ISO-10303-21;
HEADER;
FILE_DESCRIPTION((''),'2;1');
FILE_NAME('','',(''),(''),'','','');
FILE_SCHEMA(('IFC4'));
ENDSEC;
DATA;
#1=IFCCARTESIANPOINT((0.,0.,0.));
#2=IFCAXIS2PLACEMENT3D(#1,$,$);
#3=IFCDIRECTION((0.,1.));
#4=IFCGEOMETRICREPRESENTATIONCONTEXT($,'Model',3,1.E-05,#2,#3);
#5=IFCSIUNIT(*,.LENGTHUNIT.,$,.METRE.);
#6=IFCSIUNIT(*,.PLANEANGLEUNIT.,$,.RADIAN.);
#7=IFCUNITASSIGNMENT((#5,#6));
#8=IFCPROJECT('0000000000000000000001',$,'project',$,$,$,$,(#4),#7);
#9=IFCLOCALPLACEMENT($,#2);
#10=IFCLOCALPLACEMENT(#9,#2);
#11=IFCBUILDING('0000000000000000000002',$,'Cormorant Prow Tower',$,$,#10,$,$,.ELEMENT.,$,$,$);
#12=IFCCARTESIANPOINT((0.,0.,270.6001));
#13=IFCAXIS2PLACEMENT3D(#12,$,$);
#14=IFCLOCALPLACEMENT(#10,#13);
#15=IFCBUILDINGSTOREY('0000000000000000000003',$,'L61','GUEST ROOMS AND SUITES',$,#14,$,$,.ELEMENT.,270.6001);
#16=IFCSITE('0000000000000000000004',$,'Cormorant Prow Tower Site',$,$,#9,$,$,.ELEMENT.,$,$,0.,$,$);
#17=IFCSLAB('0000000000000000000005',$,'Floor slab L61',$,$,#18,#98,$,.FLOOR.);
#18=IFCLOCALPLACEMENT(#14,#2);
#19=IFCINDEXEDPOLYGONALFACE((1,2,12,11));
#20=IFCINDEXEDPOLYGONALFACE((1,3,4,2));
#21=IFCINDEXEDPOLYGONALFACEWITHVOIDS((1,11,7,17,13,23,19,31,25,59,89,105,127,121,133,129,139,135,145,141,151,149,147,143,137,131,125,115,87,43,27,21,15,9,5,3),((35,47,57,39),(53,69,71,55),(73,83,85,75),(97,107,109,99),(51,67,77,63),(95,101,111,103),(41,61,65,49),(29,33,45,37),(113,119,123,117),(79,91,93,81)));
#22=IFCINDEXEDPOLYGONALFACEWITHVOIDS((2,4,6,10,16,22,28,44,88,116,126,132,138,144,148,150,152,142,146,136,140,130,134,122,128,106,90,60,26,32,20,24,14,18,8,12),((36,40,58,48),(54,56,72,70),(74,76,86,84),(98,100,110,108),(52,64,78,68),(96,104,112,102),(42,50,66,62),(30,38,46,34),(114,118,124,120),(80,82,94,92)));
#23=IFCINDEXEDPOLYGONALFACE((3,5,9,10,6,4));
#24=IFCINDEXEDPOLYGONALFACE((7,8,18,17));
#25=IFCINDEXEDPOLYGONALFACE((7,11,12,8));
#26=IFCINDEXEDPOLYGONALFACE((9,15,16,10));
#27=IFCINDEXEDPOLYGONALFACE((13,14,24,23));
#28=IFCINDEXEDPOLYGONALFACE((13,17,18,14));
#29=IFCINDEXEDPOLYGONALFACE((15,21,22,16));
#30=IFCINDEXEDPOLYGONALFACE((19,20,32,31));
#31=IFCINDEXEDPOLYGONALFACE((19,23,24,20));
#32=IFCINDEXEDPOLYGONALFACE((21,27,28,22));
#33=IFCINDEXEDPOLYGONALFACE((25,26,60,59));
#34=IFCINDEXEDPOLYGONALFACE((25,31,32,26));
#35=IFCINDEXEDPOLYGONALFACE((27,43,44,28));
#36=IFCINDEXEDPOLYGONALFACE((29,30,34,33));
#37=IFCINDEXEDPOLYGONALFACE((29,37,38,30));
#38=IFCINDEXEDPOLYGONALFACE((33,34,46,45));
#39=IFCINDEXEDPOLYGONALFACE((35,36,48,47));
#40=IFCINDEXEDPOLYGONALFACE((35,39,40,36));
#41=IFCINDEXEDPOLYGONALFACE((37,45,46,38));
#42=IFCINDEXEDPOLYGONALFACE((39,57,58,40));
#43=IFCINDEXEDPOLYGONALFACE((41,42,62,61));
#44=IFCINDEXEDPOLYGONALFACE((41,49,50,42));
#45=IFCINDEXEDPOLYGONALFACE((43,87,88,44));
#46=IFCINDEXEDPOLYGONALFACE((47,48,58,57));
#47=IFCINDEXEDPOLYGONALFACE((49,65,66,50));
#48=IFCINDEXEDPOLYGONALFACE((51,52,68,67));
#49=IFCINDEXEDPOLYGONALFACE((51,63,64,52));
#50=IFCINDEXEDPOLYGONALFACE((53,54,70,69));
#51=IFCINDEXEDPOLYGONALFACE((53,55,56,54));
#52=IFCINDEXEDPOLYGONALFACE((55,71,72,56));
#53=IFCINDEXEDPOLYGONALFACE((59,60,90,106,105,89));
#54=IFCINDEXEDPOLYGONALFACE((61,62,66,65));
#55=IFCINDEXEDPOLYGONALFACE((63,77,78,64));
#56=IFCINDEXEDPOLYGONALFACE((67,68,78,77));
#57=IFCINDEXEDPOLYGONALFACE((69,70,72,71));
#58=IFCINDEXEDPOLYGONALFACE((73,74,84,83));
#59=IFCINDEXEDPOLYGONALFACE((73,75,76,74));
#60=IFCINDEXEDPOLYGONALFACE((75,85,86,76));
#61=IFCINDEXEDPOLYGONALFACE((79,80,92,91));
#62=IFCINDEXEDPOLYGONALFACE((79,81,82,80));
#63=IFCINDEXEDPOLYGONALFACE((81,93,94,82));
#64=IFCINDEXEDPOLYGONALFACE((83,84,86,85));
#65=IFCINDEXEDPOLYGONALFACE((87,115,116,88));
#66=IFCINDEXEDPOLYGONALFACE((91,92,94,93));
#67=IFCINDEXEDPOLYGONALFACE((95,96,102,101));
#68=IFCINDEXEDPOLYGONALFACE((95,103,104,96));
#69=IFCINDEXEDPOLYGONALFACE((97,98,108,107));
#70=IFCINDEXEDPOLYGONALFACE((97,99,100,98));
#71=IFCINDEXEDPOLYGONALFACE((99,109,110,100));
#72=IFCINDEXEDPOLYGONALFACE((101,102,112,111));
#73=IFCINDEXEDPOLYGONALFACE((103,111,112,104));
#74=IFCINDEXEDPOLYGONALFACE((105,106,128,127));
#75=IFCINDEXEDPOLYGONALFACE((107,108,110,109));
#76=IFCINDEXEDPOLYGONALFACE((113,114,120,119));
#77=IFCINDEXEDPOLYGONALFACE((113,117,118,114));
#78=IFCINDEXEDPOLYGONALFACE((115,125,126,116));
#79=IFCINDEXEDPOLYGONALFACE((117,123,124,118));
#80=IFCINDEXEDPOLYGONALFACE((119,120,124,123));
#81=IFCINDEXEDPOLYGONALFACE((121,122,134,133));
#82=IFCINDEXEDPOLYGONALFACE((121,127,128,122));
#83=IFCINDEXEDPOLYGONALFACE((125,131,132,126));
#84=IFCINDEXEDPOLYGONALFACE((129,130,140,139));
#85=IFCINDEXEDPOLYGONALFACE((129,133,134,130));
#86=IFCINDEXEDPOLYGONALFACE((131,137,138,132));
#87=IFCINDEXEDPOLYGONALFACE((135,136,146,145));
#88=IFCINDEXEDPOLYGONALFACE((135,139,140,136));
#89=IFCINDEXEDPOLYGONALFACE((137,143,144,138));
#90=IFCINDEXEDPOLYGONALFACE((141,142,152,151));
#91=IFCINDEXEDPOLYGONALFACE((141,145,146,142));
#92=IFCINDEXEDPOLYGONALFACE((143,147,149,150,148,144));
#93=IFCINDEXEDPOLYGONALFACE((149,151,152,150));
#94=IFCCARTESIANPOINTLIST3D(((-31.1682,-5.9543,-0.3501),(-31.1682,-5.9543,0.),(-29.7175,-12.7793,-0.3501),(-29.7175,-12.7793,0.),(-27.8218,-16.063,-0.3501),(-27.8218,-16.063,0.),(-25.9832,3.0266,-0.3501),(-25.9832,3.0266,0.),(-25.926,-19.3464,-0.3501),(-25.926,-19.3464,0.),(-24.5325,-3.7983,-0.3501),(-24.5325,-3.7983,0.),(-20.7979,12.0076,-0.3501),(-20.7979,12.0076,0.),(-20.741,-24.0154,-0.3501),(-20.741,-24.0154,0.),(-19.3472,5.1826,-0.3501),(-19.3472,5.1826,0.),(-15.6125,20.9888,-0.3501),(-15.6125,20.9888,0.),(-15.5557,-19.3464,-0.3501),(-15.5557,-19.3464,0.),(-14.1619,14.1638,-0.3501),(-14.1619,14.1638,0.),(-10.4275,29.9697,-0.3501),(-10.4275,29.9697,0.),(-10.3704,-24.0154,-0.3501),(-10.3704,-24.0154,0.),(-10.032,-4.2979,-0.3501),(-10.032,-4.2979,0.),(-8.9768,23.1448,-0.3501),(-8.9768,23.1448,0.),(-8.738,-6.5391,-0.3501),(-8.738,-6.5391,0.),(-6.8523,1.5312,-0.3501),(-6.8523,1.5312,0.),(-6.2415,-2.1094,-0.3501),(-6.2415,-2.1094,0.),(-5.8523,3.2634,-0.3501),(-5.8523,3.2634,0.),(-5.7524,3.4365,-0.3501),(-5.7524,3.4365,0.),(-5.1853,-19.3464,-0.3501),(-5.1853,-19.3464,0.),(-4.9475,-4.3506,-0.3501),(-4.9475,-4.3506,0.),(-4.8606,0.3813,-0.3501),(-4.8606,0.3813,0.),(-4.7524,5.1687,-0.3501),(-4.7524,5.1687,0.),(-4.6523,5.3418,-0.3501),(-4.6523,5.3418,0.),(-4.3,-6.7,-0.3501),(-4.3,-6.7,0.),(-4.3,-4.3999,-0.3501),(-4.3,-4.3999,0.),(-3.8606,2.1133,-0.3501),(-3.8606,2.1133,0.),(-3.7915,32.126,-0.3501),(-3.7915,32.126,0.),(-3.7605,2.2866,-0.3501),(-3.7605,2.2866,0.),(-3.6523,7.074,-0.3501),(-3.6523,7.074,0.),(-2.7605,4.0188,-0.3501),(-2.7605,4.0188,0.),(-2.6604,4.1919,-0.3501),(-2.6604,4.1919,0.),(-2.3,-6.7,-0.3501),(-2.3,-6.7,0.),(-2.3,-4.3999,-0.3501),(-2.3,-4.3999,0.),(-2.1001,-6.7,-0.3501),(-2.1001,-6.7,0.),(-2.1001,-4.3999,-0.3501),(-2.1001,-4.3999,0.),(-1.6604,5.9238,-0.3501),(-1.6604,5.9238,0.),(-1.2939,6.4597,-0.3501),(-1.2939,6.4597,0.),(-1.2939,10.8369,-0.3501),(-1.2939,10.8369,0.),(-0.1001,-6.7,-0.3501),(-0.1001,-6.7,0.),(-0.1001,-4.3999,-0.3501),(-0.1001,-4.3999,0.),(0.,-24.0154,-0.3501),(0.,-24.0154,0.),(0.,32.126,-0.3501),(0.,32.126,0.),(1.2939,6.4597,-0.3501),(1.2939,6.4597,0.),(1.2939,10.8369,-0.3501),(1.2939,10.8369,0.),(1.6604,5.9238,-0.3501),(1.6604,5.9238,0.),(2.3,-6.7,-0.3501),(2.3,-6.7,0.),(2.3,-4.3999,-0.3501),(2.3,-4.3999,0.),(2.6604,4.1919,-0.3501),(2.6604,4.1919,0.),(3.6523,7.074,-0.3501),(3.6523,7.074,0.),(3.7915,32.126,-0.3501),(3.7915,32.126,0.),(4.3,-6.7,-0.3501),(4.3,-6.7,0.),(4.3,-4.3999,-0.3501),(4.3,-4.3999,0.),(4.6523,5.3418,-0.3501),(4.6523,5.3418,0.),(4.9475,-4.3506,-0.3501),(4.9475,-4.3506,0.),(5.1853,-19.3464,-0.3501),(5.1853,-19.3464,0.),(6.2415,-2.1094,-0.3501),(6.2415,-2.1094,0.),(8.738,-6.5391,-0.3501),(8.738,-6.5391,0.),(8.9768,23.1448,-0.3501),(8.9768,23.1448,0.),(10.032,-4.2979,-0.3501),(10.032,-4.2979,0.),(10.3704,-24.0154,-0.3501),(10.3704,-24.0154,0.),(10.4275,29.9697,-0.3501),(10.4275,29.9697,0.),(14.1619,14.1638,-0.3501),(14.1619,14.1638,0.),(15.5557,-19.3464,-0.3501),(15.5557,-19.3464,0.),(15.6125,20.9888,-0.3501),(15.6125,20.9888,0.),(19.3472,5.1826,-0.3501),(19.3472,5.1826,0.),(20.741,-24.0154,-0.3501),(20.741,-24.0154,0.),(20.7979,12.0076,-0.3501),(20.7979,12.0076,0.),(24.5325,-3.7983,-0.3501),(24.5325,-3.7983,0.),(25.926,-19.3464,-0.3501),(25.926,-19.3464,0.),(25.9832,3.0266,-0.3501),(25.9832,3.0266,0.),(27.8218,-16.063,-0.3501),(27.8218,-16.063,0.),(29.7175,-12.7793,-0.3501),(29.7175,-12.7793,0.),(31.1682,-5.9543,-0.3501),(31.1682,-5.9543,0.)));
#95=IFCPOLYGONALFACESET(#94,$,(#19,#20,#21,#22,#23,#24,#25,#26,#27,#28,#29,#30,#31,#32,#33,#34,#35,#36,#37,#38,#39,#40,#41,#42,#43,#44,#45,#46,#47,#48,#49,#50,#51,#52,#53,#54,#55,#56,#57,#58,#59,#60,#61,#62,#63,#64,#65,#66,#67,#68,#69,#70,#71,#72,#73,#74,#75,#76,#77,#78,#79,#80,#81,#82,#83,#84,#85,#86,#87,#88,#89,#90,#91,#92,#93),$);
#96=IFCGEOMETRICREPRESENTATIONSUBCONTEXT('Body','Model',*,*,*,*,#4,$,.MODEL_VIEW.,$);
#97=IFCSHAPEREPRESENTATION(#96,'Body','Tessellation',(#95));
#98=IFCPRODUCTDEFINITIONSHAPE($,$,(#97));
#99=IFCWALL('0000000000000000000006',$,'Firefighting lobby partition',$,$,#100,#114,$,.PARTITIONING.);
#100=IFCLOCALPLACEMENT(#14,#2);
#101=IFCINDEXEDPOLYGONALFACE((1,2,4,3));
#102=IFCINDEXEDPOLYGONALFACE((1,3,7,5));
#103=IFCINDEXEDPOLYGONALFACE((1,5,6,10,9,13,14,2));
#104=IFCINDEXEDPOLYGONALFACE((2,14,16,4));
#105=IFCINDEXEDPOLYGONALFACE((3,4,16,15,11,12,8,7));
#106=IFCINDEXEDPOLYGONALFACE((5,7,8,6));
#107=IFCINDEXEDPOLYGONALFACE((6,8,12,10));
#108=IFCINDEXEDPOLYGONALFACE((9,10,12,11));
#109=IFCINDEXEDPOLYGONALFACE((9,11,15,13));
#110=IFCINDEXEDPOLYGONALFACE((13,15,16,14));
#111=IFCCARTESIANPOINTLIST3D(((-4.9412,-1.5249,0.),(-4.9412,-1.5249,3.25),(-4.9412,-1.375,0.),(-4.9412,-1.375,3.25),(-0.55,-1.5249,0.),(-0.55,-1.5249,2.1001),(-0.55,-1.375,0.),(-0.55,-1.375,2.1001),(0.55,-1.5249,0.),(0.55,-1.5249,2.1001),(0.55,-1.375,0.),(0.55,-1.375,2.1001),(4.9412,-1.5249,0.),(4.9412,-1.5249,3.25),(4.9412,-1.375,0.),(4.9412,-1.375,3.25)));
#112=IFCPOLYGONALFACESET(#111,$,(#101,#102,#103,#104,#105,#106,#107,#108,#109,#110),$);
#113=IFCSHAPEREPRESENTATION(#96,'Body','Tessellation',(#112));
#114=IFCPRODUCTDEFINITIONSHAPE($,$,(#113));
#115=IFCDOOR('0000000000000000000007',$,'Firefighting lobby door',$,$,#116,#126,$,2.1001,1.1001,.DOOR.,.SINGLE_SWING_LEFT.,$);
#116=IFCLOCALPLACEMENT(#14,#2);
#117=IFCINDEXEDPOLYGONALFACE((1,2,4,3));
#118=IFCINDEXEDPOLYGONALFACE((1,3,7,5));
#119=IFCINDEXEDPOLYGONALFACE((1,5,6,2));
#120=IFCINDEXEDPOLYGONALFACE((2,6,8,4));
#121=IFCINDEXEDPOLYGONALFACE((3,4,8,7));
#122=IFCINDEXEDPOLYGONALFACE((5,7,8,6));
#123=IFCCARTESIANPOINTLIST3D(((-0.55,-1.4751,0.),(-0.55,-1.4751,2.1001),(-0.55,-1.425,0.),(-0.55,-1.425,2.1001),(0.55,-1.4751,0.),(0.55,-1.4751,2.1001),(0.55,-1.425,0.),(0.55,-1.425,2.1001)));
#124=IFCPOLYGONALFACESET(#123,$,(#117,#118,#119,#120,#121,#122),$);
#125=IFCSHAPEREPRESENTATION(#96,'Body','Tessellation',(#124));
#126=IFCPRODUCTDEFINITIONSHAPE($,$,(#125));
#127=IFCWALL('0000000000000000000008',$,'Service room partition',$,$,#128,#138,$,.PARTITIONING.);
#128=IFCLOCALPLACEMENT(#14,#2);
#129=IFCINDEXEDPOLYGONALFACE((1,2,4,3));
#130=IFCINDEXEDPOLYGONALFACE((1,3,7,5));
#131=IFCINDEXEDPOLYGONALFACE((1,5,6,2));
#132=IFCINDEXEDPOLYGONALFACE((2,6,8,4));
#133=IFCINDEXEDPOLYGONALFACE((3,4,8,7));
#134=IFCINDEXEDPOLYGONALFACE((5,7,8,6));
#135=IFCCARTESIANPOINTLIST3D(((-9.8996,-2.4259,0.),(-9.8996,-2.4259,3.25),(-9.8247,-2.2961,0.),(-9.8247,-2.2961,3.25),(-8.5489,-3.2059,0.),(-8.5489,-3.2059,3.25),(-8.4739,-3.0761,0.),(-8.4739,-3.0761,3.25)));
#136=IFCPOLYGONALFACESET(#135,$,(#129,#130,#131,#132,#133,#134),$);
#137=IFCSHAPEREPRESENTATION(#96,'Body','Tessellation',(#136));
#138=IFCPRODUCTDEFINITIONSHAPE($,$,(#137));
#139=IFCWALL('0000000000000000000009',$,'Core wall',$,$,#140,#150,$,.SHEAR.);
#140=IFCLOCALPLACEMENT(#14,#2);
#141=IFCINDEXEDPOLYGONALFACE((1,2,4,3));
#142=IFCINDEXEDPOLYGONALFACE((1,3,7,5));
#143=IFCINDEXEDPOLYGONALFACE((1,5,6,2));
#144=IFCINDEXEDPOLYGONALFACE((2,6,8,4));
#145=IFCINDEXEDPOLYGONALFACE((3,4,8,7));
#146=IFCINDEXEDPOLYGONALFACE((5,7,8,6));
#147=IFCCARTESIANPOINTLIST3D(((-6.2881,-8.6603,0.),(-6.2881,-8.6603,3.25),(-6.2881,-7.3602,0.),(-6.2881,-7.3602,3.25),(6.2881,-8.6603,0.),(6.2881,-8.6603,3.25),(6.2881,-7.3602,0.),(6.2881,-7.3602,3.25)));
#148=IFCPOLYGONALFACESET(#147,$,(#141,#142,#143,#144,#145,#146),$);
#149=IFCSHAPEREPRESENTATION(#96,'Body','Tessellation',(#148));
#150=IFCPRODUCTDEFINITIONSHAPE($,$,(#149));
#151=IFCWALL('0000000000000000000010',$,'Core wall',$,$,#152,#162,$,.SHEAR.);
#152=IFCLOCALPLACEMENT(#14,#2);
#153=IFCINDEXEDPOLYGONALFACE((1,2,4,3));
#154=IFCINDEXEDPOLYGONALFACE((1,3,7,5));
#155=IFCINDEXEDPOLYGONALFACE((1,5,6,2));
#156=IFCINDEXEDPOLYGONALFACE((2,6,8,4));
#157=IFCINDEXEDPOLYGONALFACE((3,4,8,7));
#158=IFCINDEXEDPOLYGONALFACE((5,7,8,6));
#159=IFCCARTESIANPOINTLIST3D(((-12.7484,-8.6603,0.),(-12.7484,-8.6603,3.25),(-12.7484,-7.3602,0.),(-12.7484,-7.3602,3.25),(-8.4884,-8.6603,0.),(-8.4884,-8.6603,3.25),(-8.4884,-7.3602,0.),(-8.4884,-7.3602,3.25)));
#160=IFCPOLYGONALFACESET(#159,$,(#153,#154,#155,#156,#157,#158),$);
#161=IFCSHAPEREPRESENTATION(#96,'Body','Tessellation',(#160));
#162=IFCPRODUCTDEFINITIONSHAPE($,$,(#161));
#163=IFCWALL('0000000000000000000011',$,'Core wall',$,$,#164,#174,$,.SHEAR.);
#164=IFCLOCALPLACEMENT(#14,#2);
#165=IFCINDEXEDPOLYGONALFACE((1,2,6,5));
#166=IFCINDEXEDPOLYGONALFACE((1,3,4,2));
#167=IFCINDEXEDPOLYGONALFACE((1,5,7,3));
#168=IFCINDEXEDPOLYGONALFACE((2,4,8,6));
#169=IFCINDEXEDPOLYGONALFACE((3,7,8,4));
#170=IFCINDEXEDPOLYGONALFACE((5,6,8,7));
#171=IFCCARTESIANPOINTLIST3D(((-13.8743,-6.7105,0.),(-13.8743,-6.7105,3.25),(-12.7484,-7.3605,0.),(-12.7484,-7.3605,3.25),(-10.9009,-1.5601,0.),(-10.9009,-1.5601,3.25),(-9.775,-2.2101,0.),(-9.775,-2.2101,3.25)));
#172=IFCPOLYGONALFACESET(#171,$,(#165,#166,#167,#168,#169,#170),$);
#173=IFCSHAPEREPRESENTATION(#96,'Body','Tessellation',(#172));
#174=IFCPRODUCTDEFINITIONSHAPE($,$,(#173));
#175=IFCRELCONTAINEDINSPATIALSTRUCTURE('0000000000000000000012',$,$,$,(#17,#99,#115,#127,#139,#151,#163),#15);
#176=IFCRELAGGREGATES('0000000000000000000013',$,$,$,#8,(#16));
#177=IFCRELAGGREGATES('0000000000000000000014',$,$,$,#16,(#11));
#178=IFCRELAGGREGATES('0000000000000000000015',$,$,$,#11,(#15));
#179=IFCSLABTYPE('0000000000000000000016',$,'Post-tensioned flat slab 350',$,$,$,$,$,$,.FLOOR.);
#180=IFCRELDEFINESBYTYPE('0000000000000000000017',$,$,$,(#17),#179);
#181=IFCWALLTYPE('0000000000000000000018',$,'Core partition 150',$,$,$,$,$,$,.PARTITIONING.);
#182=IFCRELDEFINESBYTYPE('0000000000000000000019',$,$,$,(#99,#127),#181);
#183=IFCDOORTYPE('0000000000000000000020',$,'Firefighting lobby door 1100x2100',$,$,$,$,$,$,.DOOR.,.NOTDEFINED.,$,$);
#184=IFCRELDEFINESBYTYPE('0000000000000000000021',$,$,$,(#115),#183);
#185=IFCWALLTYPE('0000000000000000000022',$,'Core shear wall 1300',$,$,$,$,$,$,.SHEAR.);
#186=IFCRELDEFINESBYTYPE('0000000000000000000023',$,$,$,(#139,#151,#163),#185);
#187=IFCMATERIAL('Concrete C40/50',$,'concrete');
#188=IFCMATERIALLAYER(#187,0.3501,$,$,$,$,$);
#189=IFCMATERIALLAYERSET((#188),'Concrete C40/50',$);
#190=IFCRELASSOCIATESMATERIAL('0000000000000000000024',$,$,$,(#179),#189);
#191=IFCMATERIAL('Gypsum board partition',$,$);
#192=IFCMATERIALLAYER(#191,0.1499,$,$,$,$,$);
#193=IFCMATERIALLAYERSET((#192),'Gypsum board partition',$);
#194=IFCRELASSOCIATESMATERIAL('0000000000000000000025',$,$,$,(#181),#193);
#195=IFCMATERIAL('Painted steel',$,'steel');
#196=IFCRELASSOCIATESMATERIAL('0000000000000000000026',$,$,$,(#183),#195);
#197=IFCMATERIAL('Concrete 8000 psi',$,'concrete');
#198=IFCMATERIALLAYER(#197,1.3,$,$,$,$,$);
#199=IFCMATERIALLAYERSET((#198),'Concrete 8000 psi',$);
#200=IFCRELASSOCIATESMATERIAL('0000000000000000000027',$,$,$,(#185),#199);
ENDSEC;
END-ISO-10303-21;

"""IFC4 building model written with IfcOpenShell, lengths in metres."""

from ifc_helpers import new_model, si_unit, direction, frame, frame_2d, origin, place, context, subcontext, project, spatial, polyline, rectangle, outline, extrude, material, layer, layer_set, type_object, element, fill, save


model = new_model("IFC4")

# Units and contexts
model_context = context("Model", 3, precision=1e-05, world=origin(), true_north=direction((0.0, 1.0)))
body_context = subcontext(model_context, "Body", "Model", "MODEL_VIEW")
ifc_project = project(units=[si_unit("LENGTHUNIT", "METRE"), si_unit("PLANEANGLEUNIT", "RADIAN")], contexts=[model_context])

# Site, building, storey
site_placement = place(None, origin())
site = spatial("IfcSite", under=ifc_project, at=site_placement, Name="Cormorant Prow Tower Site", CompositionType="ELEMENT", RefElevation=0.0)
building_placement = place(site_placement, origin())
building = spatial("IfcBuilding", under=site, at=building_placement, Name="Cormorant Prow Tower", CompositionType="ELEMENT")
storey_placement = place(building_placement, frame((0.0, 0.0, 270.6001)))
storey = spatial("IfcBuildingStorey", under=building, at=storey_placement, Name="L61", Description="GUEST ROOMS AND SUITES", CompositionType="ELEMENT", Elevation=270.6001)

# Slab
ifc_material_1 = material(Name="Concrete C40/50", Category="concrete")
ifc_layer_1 = layer(ifc_material_1, 0.3501)
ifc_layer_set_1 = layer_set([ifc_layer_1], Name="Concrete C40/50")
slab_type_1 = type_object("IfcSlabType", Name="Post-tensioned flat slab 350", PredefinedType="FLOOR", material=ifc_layer_set_1)
slab_1_placement = place(storey_placement, frame((0.0, 0.0, -0.3501)))
element("IfcSlab", 1, at=slab_1_placement, inside=storey, type_object=slab_type_1, Name="Floor slab L61", PredefinedType="FLOOR", context=body_context, shape_type="SweptSolid", body=[
    extrude(outline(polyline([(-8.9768, 23.1448), (-15.6125, 20.9888), (-14.1619, 14.1638), (-20.7979, 12.0076), (-19.3472, 5.1826), (-25.9832, 3.0266), (-24.5325, -3.7983), (-31.1682, -5.9543), (-29.7175, -12.7793), (-27.8218, -16.063), (-25.926, -19.3464), (-20.741, -24.0154), (-15.5557, -19.3464), (-10.3704, -24.0154), (-5.1853, -19.3464), (0.0, -24.0154), (5.1853, -19.3464), (10.3704, -24.0154), (15.5557, -19.3464), (20.741, -24.0154), (25.926, -19.3464), (27.8218, -16.063), (29.7175, -12.7793), (31.1682, -5.9543), (24.5325, -3.7983), (25.9832, 3.0266), (19.3472, 5.1826), (20.7979, 12.0076), (14.1619, 14.1638), (15.6125, 20.9888), (8.9768, 23.1448), (10.4275, 29.9697), (3.7915, 32.126), (0.0, 32.126), (-3.7915, 32.126), (-10.4275, 29.9697), (-8.9768, 23.1448)]), holes=[polyline([(-4.3, -4.3999), (-2.3, -4.3999), (-2.3, -6.7), (-4.3, -6.7), (-4.3, -4.3999)]), polyline([(-0.1001, -4.3999), (-0.1001, -6.7), (-2.1001, -6.7), (-2.1001, -4.3999), (-0.1001, -4.3999)]), polyline([(4.3, -6.7), (2.3, -6.7), (2.3, -4.3999), (4.3, -4.3999), (4.3, -6.7)]), polyline([(4.6523, 5.3418), (2.6604, 4.1919), (1.6604, 5.9238), (3.6523, 7.074), (4.6523, 5.3418)]), polyline([(-1.6604, 5.9238), (-2.6604, 4.1919), (-4.6523, 5.3418), (-3.6523, 7.074), (-1.6604, 5.9238)]), polyline([(-3.7605, 2.2866), (-5.7524, 3.4365), (-4.7524, 5.1687), (-2.7605, 4.0188), (-3.7605, 2.2866)]), polyline([(-6.8523, 1.5312), (-5.8523, 3.2634), (-3.8606, 2.1133), (-4.8606, 0.3813), (-6.8523, 1.5312)]), polyline([(-4.9475, -4.3506), (-8.738, -6.5391), (-10.032, -4.2979), (-6.2415, -2.1094), (-4.9475, -4.3506)]), polyline([(10.032, -4.2979), (8.738, -6.5391), (4.9475, -4.3506), (6.2415, -2.1094), (10.032, -4.2979)]), polyline([(1.2939, 10.8369), (1.2939, 6.4597), (-1.2939, 6.4597), (-1.2939, 10.8369), (1.2939, 10.8369)])]), origin(), (0.0, 0.0, 1.0), 0.3501),
])

# Wall, opening, door
ifc_material_2 = material(Name="Gypsum board partition")
ifc_layer_2 = layer(ifc_material_2, 0.1499)
ifc_layer_set_2 = layer_set([ifc_layer_2], Name="Gypsum board partition")
wall_type_1 = type_object("IfcWallType", Name="Core partition 150", PredefinedType="PARTITIONING", material=ifc_layer_set_2)
wall_1_placement = place(storey_placement, frame((-4.9412, -1.45, 0.0), z_axis=(0.0, 0.0, 1.0), x_axis=(1.0, 0.0, 0.0)))
wall_1 = element("IfcWall", 2, at=wall_1_placement, inside=storey, type_object=wall_type_1, Name="Firefighting lobby partition", PredefinedType="PARTITIONING", context=body_context, shape_type="SweptSolid", body=[
    extrude(rectangle(XDim=9.8823, YDim=0.1499, at=frame_2d((4.9412, 0.0))), origin(), (0.0, 0.0, 1.0), 3.25),
])
opening_1_placement = place(wall_1_placement, frame((4.3911, 0.0, 0.0)))
opening_1 = element("IfcOpeningElement", 3, at=opening_1_placement, cuts=wall_1, PredefinedType="OPENING", context=body_context, shape_type="SweptSolid", body=[
    extrude(rectangle(XDim=1.1001, YDim=2.1001, at=frame_2d((0.55, 1.05))), frame((0.0, 0.085, 0.0), z_axis=(0.0, -1.0, 0.0), x_axis=(1.0, 0.0, 0.0)), (0.0, 0.0, 1.0), 0.1699),
])
ifc_material_3 = material(Name="Painted steel", Category="steel")
door_type_1 = type_object("IfcDoorType", Name="Firefighting lobby door 1100x2100", OperationType="NOTDEFINED", PredefinedType="DOOR", material=ifc_material_3)
door_1_placement = place(opening_1_placement, origin())
door_1 = element("IfcDoor", 4, at=door_1_placement, inside=storey, type_object=door_type_1, Name="Firefighting lobby door", OperationType="SINGLE_SWING_LEFT", OverallHeight=2.1001, OverallWidth=1.1001, PredefinedType="DOOR", context=body_context, shape_type="SweptSolid", body=[
    extrude(rectangle(XDim=1.1001, YDim=2.1001, at=frame_2d((0.55, 1.05))), frame((0.0, 0.0249, 0.0), z_axis=(0.0, -1.0, 0.0), x_axis=(1.0, 0.0, 0.0)), (0.0, 0.0, 1.0), 0.05),
])
fill(opening_1, door_1)

# Walls
wall_2_placement = place(storey_placement, frame((-9.8621, -2.3611, 0.0), z_axis=(0.0, 0.0, 1.0), x_axis=(0.86599, -0.500061, 0.0)))
element("IfcWall", 5, at=wall_2_placement, inside=storey, type_object=wall_type_1, Name="Service room partition", PredefinedType="PARTITIONING", context=body_context, shape_type="SweptSolid", body=[
    extrude(rectangle(XDim=1.5598, YDim=0.1499, at=frame_2d((0.7798, 0.0))), origin(), (0.0, 0.0, 1.0), 3.25),
])
ifc_material_4 = material(Name="Concrete 8000 psi", Category="concrete")
ifc_layer_3 = layer(ifc_material_4, 1.3)
ifc_layer_set_3 = layer_set([ifc_layer_3], Name="Concrete 8000 psi")
wall_type_2 = type_object("IfcWallType", Name="Core shear wall 1300", PredefinedType="SHEAR", material=ifc_layer_set_3)
wall_3_placement = place(storey_placement, frame((-6.2881, -8.0103, 0.0), z_axis=(0.0, 0.0, 1.0), x_axis=(1.0, 0.0, 0.0)))
element("IfcWall", 6, at=wall_3_placement, inside=storey, type_object=wall_type_2, Name="Core wall", PredefinedType="SHEAR", context=body_context, shape_type="SweptSolid", body=[
    extrude(rectangle(XDim=12.5762, YDim=1.3, at=frame_2d((6.2881, 0.0))), origin(), (0.0, 0.0, 1.0), 3.25),
])
wall_4_placement = place(storey_placement, frame((-12.7483, -8.0103, 0.0), z_axis=(0.0, 0.0, 1.0), x_axis=(1.0, 0.0, 0.0)))
element("IfcWall", 7, at=wall_4_placement, inside=storey, type_object=wall_type_2, Name="Core wall", PredefinedType="SHEAR", context=body_context, shape_type="SweptSolid", body=[
    extrude(rectangle(XDim=4.26, YDim=1.3, at=frame_2d((2.1299, 0.0))), origin(), (0.0, 0.0, 1.0), 3.25),
])
wall_5_placement = place(storey_placement, frame((-10.3379, -1.885, 0.0), z_axis=(0.0, 0.0, 1.0), x_axis=(-0.499976, -0.866039, 0.0)))
element("IfcWall", 8, at=wall_5_placement, inside=storey, type_object=wall_type_2, Name="Core wall", PredefinedType="SHEAR", context=body_context, shape_type="SweptSolid", body=[
    extrude(rectangle(XDim=5.947, YDim=1.3, at=frame_2d((2.9736, 0.0))), origin(), (0.0, 0.0, 1.0), 3.25),
])

save(model, "model.ifc")
